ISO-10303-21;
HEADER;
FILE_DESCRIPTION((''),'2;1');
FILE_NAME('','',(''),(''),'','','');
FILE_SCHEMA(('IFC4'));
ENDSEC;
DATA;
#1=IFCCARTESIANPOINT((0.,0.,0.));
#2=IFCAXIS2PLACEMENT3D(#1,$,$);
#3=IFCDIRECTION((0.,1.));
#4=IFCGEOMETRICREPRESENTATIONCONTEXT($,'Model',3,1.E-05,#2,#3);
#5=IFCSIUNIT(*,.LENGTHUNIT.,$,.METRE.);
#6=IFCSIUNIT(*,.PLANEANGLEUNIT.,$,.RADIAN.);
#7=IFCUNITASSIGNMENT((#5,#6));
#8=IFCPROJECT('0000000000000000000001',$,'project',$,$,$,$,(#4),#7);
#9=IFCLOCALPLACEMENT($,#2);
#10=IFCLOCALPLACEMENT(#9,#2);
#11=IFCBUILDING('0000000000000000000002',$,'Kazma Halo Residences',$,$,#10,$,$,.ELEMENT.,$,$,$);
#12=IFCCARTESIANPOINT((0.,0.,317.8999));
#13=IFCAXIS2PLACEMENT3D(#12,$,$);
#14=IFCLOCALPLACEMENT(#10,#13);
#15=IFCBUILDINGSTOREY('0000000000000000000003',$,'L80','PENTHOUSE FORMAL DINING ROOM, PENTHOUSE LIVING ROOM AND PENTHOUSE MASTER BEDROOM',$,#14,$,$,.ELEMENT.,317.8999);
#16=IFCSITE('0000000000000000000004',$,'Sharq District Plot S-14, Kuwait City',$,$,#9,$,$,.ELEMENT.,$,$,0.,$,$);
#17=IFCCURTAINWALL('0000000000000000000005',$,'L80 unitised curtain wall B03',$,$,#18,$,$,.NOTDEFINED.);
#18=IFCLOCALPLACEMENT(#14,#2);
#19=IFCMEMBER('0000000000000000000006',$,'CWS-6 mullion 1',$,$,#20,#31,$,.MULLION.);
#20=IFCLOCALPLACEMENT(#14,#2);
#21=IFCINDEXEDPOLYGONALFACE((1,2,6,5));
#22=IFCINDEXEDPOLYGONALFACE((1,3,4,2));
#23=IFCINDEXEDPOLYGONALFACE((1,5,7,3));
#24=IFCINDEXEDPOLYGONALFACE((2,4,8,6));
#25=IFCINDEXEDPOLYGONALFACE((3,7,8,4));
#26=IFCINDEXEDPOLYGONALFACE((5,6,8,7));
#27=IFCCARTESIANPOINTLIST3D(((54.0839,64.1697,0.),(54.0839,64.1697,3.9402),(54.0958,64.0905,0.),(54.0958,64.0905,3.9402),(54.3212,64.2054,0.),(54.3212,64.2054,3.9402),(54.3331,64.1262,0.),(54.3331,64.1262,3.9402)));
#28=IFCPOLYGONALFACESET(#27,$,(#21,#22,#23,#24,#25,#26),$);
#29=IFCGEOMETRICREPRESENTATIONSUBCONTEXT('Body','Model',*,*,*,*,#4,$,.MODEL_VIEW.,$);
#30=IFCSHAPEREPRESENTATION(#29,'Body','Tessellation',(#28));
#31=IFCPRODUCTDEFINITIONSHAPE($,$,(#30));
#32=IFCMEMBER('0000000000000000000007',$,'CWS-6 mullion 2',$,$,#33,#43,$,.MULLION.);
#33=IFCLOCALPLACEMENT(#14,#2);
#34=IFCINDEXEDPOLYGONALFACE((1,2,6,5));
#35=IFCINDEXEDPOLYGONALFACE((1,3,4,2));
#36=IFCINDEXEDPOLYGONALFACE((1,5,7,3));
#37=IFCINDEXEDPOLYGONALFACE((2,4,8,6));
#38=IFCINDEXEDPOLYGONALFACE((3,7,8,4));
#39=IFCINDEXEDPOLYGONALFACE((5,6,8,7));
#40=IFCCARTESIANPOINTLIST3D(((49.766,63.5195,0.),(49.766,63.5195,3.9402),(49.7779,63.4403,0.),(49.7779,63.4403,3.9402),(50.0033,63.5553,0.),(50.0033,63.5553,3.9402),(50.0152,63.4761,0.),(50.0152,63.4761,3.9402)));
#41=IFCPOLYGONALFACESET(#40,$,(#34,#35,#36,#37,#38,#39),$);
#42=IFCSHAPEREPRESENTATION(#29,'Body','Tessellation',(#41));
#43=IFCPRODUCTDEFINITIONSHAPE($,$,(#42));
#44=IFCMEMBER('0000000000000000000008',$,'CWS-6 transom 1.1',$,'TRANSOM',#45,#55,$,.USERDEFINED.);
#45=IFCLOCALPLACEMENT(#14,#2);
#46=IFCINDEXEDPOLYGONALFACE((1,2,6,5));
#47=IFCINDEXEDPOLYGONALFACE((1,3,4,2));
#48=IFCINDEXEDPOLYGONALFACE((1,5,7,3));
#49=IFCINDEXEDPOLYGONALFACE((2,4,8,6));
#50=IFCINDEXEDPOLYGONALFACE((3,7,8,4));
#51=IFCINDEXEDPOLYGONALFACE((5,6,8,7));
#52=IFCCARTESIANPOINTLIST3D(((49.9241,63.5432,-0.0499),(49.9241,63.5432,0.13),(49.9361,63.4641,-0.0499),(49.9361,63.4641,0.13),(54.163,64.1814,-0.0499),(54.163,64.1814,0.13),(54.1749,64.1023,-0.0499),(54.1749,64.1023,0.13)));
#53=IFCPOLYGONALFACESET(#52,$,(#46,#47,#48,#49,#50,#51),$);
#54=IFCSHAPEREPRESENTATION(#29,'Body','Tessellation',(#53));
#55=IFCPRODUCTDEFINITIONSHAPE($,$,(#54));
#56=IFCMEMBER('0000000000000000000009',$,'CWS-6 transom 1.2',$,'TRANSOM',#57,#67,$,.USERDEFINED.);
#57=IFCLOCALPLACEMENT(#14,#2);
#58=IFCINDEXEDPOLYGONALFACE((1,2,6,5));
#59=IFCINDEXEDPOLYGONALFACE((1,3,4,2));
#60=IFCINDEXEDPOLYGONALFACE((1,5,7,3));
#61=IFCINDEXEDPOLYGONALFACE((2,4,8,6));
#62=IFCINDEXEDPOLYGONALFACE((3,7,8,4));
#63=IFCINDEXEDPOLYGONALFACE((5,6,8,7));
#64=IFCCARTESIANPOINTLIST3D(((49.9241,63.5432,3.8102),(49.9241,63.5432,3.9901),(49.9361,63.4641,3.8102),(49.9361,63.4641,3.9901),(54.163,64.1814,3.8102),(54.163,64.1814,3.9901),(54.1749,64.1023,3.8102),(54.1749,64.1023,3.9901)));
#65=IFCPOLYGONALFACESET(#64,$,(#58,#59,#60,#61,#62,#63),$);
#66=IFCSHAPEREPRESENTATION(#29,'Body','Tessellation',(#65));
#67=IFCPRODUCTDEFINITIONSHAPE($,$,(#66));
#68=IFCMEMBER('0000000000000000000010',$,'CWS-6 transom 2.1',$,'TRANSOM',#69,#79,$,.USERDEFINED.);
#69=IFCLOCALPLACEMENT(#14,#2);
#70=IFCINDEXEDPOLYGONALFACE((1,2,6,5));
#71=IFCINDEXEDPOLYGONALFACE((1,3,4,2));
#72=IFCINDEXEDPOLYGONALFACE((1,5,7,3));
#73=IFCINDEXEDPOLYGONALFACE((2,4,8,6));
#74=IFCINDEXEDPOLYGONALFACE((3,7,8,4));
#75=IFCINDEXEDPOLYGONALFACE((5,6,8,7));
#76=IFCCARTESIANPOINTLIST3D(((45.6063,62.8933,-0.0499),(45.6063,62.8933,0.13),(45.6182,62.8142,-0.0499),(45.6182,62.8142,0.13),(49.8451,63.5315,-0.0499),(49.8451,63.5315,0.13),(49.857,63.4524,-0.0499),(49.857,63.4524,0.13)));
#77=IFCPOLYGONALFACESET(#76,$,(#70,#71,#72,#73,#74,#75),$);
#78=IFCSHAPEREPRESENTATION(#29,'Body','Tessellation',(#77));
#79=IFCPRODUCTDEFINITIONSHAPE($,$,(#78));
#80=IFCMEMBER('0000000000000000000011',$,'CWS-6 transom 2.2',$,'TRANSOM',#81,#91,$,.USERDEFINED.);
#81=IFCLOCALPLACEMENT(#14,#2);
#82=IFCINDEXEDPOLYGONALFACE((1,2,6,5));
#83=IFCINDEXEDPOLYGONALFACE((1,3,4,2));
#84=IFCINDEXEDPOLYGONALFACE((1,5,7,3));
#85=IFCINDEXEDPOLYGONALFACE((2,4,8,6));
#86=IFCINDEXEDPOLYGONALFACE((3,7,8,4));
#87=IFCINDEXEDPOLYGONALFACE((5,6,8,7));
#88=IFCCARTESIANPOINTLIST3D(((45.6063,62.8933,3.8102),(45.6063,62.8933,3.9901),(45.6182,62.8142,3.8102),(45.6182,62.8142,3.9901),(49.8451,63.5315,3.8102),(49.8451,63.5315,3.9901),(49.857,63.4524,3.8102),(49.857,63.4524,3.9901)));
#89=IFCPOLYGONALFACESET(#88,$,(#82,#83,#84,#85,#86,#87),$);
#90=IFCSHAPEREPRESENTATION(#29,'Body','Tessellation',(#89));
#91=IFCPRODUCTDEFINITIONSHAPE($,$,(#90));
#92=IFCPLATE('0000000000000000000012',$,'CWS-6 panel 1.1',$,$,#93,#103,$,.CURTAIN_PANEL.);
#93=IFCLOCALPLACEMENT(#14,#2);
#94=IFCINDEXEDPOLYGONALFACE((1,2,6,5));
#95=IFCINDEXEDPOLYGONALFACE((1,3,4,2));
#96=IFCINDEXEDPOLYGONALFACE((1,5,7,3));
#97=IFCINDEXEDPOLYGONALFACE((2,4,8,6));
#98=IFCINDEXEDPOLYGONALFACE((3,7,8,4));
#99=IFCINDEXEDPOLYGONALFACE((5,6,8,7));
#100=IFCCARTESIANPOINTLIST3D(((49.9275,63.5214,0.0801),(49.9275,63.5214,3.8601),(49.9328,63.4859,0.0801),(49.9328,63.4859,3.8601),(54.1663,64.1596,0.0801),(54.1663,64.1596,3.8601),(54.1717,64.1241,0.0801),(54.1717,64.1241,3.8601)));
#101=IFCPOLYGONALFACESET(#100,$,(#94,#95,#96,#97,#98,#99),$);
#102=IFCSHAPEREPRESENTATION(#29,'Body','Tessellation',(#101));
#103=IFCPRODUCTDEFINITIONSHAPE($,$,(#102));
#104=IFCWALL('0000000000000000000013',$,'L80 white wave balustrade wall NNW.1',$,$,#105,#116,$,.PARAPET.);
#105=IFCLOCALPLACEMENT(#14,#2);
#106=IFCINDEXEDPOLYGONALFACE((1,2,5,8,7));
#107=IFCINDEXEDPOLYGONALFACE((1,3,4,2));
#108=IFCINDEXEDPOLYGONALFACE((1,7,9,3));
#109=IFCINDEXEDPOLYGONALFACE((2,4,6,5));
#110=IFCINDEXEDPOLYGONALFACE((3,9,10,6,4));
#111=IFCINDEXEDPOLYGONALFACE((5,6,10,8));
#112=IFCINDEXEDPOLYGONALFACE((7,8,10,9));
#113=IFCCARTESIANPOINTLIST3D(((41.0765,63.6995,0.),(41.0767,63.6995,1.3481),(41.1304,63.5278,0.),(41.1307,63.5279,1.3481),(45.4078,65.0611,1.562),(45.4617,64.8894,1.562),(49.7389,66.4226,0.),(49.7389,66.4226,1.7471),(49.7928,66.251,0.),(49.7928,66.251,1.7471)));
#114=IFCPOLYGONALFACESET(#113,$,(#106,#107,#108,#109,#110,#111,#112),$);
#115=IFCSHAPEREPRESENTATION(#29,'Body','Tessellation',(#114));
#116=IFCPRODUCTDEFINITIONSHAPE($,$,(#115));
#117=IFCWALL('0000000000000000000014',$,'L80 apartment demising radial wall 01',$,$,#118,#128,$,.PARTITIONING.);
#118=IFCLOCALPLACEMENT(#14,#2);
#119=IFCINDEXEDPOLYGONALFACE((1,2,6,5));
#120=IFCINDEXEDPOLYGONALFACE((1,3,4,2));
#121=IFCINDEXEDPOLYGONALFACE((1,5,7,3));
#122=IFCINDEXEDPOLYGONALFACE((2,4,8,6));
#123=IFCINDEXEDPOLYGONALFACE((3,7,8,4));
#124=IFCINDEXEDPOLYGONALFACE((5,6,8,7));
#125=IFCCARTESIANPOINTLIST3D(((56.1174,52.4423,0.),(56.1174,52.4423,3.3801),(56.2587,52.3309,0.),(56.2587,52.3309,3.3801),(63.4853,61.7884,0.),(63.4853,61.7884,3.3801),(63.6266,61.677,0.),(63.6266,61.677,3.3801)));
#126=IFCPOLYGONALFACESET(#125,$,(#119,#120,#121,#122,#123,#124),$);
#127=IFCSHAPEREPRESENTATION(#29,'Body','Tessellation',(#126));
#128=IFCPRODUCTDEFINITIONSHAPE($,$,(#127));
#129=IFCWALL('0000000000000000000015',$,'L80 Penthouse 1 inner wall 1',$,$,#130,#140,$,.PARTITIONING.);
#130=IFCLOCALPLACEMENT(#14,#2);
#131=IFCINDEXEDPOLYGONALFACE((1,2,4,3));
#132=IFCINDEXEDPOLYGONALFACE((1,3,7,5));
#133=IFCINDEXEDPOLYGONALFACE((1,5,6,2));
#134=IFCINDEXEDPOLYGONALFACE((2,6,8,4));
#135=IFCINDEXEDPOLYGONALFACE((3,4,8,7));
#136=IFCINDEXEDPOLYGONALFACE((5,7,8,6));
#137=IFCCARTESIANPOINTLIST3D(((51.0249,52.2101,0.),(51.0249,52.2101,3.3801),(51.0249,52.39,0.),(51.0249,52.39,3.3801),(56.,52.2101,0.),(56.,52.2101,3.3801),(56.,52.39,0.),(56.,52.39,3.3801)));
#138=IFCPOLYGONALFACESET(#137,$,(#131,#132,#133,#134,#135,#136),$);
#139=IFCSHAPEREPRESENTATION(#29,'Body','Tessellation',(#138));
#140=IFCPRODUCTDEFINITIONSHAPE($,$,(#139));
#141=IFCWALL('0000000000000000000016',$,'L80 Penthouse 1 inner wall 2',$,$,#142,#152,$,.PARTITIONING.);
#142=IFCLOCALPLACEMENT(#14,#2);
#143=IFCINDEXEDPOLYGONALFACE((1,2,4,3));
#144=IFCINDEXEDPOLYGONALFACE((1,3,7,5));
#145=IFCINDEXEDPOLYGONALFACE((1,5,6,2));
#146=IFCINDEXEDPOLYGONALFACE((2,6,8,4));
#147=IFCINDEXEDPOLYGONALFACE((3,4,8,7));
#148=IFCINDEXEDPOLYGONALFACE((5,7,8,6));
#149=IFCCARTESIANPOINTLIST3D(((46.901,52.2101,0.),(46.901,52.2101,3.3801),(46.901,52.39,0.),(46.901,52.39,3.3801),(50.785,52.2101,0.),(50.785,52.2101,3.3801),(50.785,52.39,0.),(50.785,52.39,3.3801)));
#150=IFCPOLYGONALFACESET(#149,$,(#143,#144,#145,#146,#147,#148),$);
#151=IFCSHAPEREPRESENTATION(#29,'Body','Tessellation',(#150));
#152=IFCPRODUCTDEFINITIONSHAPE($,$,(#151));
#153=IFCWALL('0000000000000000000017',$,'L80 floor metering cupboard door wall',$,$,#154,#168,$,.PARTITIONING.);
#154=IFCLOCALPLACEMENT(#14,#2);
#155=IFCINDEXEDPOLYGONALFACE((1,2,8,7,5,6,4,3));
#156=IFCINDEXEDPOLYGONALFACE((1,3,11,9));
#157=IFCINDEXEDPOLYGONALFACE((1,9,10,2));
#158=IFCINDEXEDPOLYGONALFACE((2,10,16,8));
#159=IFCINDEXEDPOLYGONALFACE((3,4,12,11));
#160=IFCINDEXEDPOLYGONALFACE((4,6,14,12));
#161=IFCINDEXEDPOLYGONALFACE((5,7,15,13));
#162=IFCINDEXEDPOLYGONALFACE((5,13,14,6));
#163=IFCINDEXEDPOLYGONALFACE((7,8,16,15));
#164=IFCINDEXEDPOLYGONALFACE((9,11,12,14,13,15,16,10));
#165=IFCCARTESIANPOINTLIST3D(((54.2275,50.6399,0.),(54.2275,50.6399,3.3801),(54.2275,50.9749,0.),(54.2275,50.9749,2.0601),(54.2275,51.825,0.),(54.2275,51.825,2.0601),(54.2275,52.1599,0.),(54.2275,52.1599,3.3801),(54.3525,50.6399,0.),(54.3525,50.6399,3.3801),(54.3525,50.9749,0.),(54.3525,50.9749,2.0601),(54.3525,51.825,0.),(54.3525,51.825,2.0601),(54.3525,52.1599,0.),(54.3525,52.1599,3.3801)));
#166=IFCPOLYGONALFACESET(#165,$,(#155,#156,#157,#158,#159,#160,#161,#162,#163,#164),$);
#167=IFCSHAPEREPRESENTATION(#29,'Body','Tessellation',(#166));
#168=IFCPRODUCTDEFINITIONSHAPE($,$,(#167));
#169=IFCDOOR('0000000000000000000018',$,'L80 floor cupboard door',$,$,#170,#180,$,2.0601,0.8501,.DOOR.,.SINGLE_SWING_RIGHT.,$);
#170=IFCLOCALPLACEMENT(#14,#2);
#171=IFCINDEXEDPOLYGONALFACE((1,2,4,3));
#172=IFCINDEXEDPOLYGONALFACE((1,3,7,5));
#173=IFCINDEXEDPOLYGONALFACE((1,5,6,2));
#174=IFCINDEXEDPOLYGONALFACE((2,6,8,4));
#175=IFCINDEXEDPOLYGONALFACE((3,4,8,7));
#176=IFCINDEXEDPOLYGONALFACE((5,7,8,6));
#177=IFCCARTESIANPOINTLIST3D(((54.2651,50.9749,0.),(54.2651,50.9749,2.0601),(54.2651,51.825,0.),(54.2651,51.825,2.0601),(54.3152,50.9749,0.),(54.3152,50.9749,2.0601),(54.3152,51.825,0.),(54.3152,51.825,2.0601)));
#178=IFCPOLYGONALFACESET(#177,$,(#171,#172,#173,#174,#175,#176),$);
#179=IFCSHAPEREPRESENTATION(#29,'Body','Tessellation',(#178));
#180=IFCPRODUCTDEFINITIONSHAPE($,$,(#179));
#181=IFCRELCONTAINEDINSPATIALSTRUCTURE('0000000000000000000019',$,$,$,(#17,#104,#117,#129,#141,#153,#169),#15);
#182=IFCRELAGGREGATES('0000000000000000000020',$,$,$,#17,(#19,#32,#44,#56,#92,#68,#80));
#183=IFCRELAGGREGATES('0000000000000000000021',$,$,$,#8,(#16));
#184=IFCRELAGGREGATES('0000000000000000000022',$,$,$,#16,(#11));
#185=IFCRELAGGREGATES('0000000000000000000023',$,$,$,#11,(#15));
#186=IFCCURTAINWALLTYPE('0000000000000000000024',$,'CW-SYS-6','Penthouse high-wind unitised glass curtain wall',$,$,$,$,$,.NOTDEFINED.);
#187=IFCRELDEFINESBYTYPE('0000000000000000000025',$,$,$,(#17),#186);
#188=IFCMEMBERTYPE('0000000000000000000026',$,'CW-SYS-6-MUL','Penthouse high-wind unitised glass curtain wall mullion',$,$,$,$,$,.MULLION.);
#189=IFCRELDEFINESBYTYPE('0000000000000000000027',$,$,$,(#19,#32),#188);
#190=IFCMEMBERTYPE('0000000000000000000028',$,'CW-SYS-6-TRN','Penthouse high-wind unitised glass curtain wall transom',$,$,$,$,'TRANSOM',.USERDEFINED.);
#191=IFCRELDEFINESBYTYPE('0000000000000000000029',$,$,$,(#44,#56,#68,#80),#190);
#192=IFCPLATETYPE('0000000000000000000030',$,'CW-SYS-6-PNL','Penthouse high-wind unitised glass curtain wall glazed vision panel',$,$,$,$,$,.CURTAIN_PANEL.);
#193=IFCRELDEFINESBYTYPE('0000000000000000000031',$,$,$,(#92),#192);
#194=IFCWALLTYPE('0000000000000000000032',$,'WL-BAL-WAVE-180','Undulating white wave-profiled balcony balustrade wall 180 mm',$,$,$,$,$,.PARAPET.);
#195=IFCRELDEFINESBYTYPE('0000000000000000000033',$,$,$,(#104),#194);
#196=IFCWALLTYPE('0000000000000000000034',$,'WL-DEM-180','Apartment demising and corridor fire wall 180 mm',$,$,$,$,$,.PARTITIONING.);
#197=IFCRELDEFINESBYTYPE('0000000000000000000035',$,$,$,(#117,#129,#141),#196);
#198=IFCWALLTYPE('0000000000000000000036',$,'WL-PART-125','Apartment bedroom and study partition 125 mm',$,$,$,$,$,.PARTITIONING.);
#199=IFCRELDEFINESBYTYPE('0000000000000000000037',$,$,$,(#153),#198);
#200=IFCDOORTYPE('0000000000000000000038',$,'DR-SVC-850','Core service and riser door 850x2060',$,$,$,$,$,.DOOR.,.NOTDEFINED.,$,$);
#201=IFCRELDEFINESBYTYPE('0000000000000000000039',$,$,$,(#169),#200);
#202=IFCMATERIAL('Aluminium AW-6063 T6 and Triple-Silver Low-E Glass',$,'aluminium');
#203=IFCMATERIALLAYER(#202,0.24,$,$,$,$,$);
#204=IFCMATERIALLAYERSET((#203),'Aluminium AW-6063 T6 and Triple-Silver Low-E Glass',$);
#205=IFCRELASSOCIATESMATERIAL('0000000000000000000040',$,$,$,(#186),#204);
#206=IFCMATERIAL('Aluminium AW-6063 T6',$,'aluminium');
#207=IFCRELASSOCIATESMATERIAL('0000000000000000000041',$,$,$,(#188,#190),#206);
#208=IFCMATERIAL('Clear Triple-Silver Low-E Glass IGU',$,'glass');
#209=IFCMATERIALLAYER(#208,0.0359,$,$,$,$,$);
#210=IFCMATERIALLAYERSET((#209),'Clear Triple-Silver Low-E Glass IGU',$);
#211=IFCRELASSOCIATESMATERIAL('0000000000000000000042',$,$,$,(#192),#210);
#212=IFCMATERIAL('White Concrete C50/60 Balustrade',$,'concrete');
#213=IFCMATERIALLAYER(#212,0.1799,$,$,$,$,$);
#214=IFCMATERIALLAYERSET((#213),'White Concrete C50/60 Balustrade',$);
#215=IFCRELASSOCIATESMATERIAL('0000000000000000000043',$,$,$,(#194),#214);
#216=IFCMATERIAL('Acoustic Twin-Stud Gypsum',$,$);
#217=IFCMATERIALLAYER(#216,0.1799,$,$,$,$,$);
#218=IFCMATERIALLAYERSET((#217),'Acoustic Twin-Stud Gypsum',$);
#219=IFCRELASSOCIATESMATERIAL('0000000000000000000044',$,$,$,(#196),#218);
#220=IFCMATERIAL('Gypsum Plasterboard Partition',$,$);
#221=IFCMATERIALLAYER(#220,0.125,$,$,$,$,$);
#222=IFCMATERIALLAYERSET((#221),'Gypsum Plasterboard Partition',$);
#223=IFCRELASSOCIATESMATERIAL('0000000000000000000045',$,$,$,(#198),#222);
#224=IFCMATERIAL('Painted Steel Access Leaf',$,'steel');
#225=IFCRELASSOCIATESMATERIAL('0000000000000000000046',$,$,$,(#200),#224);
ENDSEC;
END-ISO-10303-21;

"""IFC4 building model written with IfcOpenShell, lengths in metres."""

from ifc_helpers import new_model, si_unit, direction, frame, frame_2d, origin, origin_2d, place, context, subcontext, project, spatial, polyline, rectangle, outline, extrude, material, layer, layer_set, material_profile, profile_set, type_object, element, fill, aggregate, save


model = new_model("IFC4")

# Units and contexts
model_context = context("Model", 3, precision=1e-05, world=origin(), true_north=direction((0.0, 1.0)))
body_context = subcontext(model_context, "Body", "Model", "MODEL_VIEW")
ifc_project = project(units=[si_unit("LENGTHUNIT", "METRE"), si_unit("PLANEANGLEUNIT", "RADIAN")], contexts=[model_context])

# Site, building, storey
site_placement = place(None, origin())
site = spatial("IfcSite", under=ifc_project, at=site_placement, Name="Sharq District Plot S-14, Kuwait City", CompositionType="ELEMENT", RefElevation=0.0)
building_placement = place(site_placement, origin())
building = spatial("IfcBuilding", under=site, at=building_placement, Name="Kazma Halo Residences", CompositionType="ELEMENT")
storey_placement = place(building_placement, frame((0.0, 0.0, 317.8999)))
storey = spatial("IfcBuildingStorey", under=building, at=storey_placement, Name="L80", Description="PENTHOUSE FORMAL DINING ROOM, PENTHOUSE LIVING ROOM AND PENTHOUSE MASTER BEDROOM", CompositionType="ELEMENT", Elevation=317.8999)

# Curtain wall, members, plate
ifc_material_1 = material(Name="Aluminium AW-6063 T6 and Triple-Silver Low-E Glass", Category="aluminium")
ifc_layer_1 = layer(ifc_material_1, 0.24)
ifc_layer_set_1 = layer_set([ifc_layer_1], Name="Aluminium AW-6063 T6 and Triple-Silver Low-E Glass")
curtain_wall_type = type_object("IfcCurtainWallType", Name="CW-SYS-6", Description="Penthouse high-wind unitised glass curtain wall", PredefinedType="NOTDEFINED", material=ifc_layer_set_1)
curtain_wall_placement = place(storey_placement, origin())
curtain_wall = element("IfcCurtainWall", 1, at=curtain_wall_placement, inside=storey, type_object=curtain_wall_type, Name="L80 unitised curtain wall B03", PredefinedType="NOTDEFINED")
ifc_material_2 = material(Name="Aluminium AW-6063 T6", Category="aluminium")
ifc_material_profile_1 = material_profile(ifc_material_2, rectangle(XDim=0.0801, YDim=0.24, at=origin_2d()), Name="CWM-80x240")
ifc_profile_set_1 = profile_set([ifc_material_profile_1], Name="Aluminium AW-6063 T6")
member_type_1 = type_object("IfcMemberType", Name="CW-SYS-6-MUL", Description="Penthouse high-wind unitised glass curtain wall mullion", PredefinedType="MULLION", material=ifc_profile_set_1)
member_1_placement = place(storey_placement, frame((54.2085, 64.1479, 0.0), z_axis=(0.0, 0.0, 1.0), x_axis=(0.148871, -0.988857, 0.0)))
member_1 = element("IfcMember", 2, at=member_1_placement, type_object=member_type_1, Name="CWS-6 mullion 1", PredefinedType="MULLION", context=body_context, shape_type="SweptSolid", body=[
    extrude(rectangle(XDim=0.0801, YDim=0.24, at=origin_2d()), origin(), (0.0, 0.0, 1.0), 3.9402),
])
member_2_placement = place(storey_placement, frame((49.8906, 63.4978, 0.0), z_axis=(0.0, 0.0, 1.0), x_axis=(0.148871, -0.988857, 0.0)))
member_2 = element("IfcMember", 3, at=member_2_placement, type_object=member_type_1, Name="CWS-6 mullion 2", PredefinedType="MULLION", context=body_context, shape_type="SweptSolid", body=[
    extrude(rectangle(XDim=0.0801, YDim=0.24, at=origin_2d()), origin(), (0.0, 0.0, 1.0), 3.9402),
])
ifc_material_profile_2 = material_profile(ifc_material_2, rectangle(XDim=0.0801, YDim=0.1799, at=origin_2d()), Name="CWT-80x180")
ifc_profile_set_2 = profile_set([ifc_material_profile_2], Name="Aluminium AW-6063 T6")
member_type_2 = type_object("IfcMemberType", Name="CW-SYS-6-TRN", Description="Penthouse high-wind unitised glass curtain wall transom", ElementType="TRANSOM", PredefinedType="USERDEFINED", material=ifc_profile_set_2)
member_3_placement = place(storey_placement, frame((54.1689, 64.1418, 0.04), z_axis=(-0.988855, -0.148881, 0.0), x_axis=(0.148881, -0.988855, 0.0)))
member_3 = element("IfcMember", 4, at=member_3_placement, type_object=member_type_2, Name="CWS-6 transom 1.1", ObjectType="TRANSOM", PredefinedType="USERDEFINED", context=body_context, shape_type="SweptSolid", body=[
    extrude(rectangle(XDim=0.0801, YDim=0.1799, at=origin_2d()), origin(), (0.0, 0.0, 1.0), 4.2866),
])
member_4_placement = place(storey_placement, frame((54.1689, 64.1418, 3.9001), z_axis=(-0.988855, -0.148881, 0.0), x_axis=(0.148881, -0.988855, 0.0)))
member_4 = element("IfcMember", 5, at=member_4_placement, type_object=member_type_2, Name="CWS-6 transom 1.2", ObjectType="TRANSOM", PredefinedType="USERDEFINED", context=body_context, shape_type="SweptSolid", body=[
    extrude(rectangle(XDim=0.0801, YDim=0.1799, at=origin_2d()), origin(), (0.0, 0.0, 1.0), 4.2866),
])
member_5_placement = place(storey_placement, frame((49.8511, 63.4919, 0.04), z_axis=(-0.988855, -0.148881, 0.0), x_axis=(0.148881, -0.988855, 0.0)))
member_5 = element("IfcMember", 6, at=member_5_placement, type_object=member_type_2, Name="CWS-6 transom 2.1", ObjectType="TRANSOM", PredefinedType="USERDEFINED", context=body_context, shape_type="SweptSolid", body=[
    extrude(rectangle(XDim=0.0801, YDim=0.1799, at=origin_2d()), origin(), (0.0, 0.0, 1.0), 4.2866),
])
member_6_placement = place(storey_placement, frame((49.8511, 63.4919, 3.9001), z_axis=(-0.988855, -0.148881, 0.0), x_axis=(0.148881, -0.988855, 0.0)))
member_6 = element("IfcMember", 7, at=member_6_placement, type_object=member_type_2, Name="CWS-6 transom 2.2", ObjectType="TRANSOM", PredefinedType="USERDEFINED", context=body_context, shape_type="SweptSolid", body=[
    extrude(rectangle(XDim=0.0801, YDim=0.1799, at=origin_2d()), origin(), (0.0, 0.0, 1.0), 4.2866),
])
ifc_material_3 = material(Name="Clear Triple-Silver Low-E Glass IGU", Category="glass")
ifc_layer_2 = layer(ifc_material_3, 0.0359)
ifc_layer_set_2 = layer_set([ifc_layer_2], Name="Clear Triple-Silver Low-E Glass IGU")
plate_type = type_object("IfcPlateType", Name="CW-SYS-6-PNL", Description="Penthouse high-wind unitised glass curtain wall glazed vision panel", PredefinedType="CURTAIN_PANEL", material=ifc_layer_set_2)
plate_placement = place(storey_placement, frame((52.0496, 63.8228, 0.0801), z_axis=(0.0, 0.0, 1.0), x_axis=(-0.988857, -0.148871, 0.0)))
plate = element("IfcPlate", 8, at=plate_placement, type_object=plate_type, Name="CWS-6 panel 1.1", PredefinedType="CURTAIN_PANEL", context=body_context, shape_type="SweptSolid", body=[
    extrude(rectangle(XDim=4.2866, YDim=0.0359, at=origin_2d()), origin(), (0.0, 0.0, 1.0), 3.78),
])
aggregate(curtain_wall, [member_1, member_2, member_3, member_4, plate, member_5, member_6])

# Walls
ifc_material_4 = material(Name="White Concrete C50/60 Balustrade", Category="concrete")
ifc_layer_3 = layer(ifc_material_4, 0.1799)
ifc_layer_set_3 = layer_set([ifc_layer_3], Name="White Concrete C50/60 Balustrade")
wall_type_1 = type_object("IfcWallType", Name="WL-BAL-WAVE-180", Description="Undulating white wave-profiled balcony balustrade wall 180 mm", PredefinedType="PARAPET", material=ifc_layer_set_3)
wall_1_placement = place(storey_placement, frame((49.7659, 66.3367, 0.0), z_axis=(0.0, 0.0, 1.0), x_axis=(-0.953972, -0.299896, 0.0)))
element("IfcWall", 9, at=wall_1_placement, inside=storey, type_object=wall_type_1, Name="L80 white wave balustrade wall NNW.1", PredefinedType="PARAPET", context=body_context, shape_type="SweptSolid", body=[
    extrude(outline(polyline([(0.0, 0.0), (9.0803, 0.0), (9.0801, 1.3481), (4.54, 1.562), (0.0, 1.7471), (0.0, 0.0)])), frame((0.0, 0.0898, 0.0), z_axis=(0.0, -1.0, 0.0), x_axis=(1.0, 0.0, 0.0)), (0.0, 0.0, 1.0), 0.1799),
])
ifc_material_5 = material(Name="Acoustic Twin-Stud Gypsum")
ifc_layer_4 = layer(ifc_material_5, 0.1799)
ifc_layer_set_4 = layer_set([ifc_layer_4], Name="Acoustic Twin-Stud Gypsum")
wall_type_2 = type_object("IfcWallType", Name="WL-DEM-180", Description="Apartment demising and corridor fire wall 180 mm", PredefinedType="PARTITIONING", material=ifc_layer_set_4)
wall_2_placement = place(storey_placement, frame((56.188, 52.3865, 0.0), z_axis=(0.0, 0.0, 1.0), x_axis=(0.619093, 0.785318, 0.0)))
element("IfcWall", 10, at=wall_2_placement, inside=storey, type_object=wall_type_2, Name="L80 apartment demising radial wall 01", PredefinedType="PARTITIONING", context=body_context, shape_type="SweptSolid", body=[
    extrude(rectangle(XDim=11.9011, YDim=0.1799, at=frame_2d((5.9507, 0.0))), origin(), (0.0, 0.0, 1.0), 3.3801),
])
wall_3_placement = place(storey_placement, frame((56.0, 52.3, 0.0), z_axis=(0.0, 0.0, 1.0), x_axis=(-1.0, 0.0, 0.0)))
element("IfcWall", 11, at=wall_3_placement, inside=storey, type_object=wall_type_2, Name="L80 Penthouse 1 inner wall 1", PredefinedType="PARTITIONING", context=body_context, shape_type="SweptSolid", body=[
    extrude(rectangle(XDim=4.9751, YDim=0.1799, at=frame_2d((2.4875, 0.0))), origin(), (0.0, 0.0, 1.0), 3.3801),
])
wall_4_placement = place(storey_placement, frame((50.7849, 52.3, 0.0), z_axis=(0.0, 0.0, 1.0), x_axis=(-1.0, 0.0, 0.0)))
element("IfcWall", 12, at=wall_4_placement, inside=storey, type_object=wall_type_2, Name="L80 Penthouse 1 inner wall 2", PredefinedType="PARTITIONING", context=body_context, shape_type="SweptSolid", body=[
    extrude(rectangle(XDim=3.884, YDim=0.1799, at=frame_2d((1.9419, 0.0))), origin(), (0.0, 0.0, 1.0), 3.3801),
])

# Wall, opening, door
ifc_material_6 = material(Name="Gypsum Plasterboard Partition")
ifc_layer_5 = layer(ifc_material_6, 0.125)
ifc_layer_set_5 = layer_set([ifc_layer_5], Name="Gypsum Plasterboard Partition")
wall_type_3 = type_object("IfcWallType", Name="WL-PART-125", Description="Apartment bedroom and study partition 125 mm", PredefinedType="PARTITIONING", material=ifc_layer_set_5)
wall_5_placement = place(storey_placement, frame((54.29, 50.6399, 0.0), z_axis=(0.0, 0.0, 1.0), x_axis=(0.0, 1.0, 0.0)))
wall_5 = element("IfcWall", 13, at=wall_5_placement, inside=storey, type_object=wall_type_3, Name="L80 floor metering cupboard door wall", PredefinedType="PARTITIONING", context=body_context, shape_type="SweptSolid", body=[
    extrude(rectangle(XDim=1.52, YDim=0.125, at=frame_2d((0.76, 0.0))), origin(), (0.0, 0.0, 1.0), 3.3801),
])
opening_1_placement = place(wall_5_placement, frame((0.335, 0.0, 0.0)))
opening_1 = element("IfcOpeningElement", 14, at=opening_1_placement, cuts=wall_5, PredefinedType="OPENING", context=body_context, shape_type="SweptSolid", body=[
    extrude(rectangle(XDim=0.8501, YDim=2.0601, at=frame_2d((0.425, 1.03))), frame((0.0, 0.0725, 0.0), z_axis=(0.0, -1.0, 0.0), x_axis=(1.0, 0.0, 0.0)), (0.0, 0.0, 1.0), 0.145),
])
ifc_material_7 = material(Name="Painted Steel Access Leaf", Category="steel")
door_type_1 = type_object("IfcDoorType", Name="DR-SVC-850", Description="Core service and riser door 850x2060", OperationType="NOTDEFINED", PredefinedType="DOOR", material=ifc_material_7)
door_1_placement = place(opening_1_placement, origin())
door_1 = element("IfcDoor", 15, at=door_1_placement, inside=storey, type_object=door_type_1, Name="L80 floor cupboard door", OperationType="SINGLE_SWING_RIGHT", OverallHeight=2.0601, OverallWidth=0.8501, PredefinedType="DOOR", context=body_context, shape_type="SweptSolid", body=[
    extrude(rectangle(XDim=0.8501, YDim=2.0601, at=frame_2d((0.425, 1.03))), frame((0.0, 0.0249, 0.0), z_axis=(0.0, -1.0, 0.0), x_axis=(1.0, 0.0, 0.0)), (0.0, 0.0, 1.0), 0.05),
])
fill(opening_1, door_1)

save(model, "model.ifc")
